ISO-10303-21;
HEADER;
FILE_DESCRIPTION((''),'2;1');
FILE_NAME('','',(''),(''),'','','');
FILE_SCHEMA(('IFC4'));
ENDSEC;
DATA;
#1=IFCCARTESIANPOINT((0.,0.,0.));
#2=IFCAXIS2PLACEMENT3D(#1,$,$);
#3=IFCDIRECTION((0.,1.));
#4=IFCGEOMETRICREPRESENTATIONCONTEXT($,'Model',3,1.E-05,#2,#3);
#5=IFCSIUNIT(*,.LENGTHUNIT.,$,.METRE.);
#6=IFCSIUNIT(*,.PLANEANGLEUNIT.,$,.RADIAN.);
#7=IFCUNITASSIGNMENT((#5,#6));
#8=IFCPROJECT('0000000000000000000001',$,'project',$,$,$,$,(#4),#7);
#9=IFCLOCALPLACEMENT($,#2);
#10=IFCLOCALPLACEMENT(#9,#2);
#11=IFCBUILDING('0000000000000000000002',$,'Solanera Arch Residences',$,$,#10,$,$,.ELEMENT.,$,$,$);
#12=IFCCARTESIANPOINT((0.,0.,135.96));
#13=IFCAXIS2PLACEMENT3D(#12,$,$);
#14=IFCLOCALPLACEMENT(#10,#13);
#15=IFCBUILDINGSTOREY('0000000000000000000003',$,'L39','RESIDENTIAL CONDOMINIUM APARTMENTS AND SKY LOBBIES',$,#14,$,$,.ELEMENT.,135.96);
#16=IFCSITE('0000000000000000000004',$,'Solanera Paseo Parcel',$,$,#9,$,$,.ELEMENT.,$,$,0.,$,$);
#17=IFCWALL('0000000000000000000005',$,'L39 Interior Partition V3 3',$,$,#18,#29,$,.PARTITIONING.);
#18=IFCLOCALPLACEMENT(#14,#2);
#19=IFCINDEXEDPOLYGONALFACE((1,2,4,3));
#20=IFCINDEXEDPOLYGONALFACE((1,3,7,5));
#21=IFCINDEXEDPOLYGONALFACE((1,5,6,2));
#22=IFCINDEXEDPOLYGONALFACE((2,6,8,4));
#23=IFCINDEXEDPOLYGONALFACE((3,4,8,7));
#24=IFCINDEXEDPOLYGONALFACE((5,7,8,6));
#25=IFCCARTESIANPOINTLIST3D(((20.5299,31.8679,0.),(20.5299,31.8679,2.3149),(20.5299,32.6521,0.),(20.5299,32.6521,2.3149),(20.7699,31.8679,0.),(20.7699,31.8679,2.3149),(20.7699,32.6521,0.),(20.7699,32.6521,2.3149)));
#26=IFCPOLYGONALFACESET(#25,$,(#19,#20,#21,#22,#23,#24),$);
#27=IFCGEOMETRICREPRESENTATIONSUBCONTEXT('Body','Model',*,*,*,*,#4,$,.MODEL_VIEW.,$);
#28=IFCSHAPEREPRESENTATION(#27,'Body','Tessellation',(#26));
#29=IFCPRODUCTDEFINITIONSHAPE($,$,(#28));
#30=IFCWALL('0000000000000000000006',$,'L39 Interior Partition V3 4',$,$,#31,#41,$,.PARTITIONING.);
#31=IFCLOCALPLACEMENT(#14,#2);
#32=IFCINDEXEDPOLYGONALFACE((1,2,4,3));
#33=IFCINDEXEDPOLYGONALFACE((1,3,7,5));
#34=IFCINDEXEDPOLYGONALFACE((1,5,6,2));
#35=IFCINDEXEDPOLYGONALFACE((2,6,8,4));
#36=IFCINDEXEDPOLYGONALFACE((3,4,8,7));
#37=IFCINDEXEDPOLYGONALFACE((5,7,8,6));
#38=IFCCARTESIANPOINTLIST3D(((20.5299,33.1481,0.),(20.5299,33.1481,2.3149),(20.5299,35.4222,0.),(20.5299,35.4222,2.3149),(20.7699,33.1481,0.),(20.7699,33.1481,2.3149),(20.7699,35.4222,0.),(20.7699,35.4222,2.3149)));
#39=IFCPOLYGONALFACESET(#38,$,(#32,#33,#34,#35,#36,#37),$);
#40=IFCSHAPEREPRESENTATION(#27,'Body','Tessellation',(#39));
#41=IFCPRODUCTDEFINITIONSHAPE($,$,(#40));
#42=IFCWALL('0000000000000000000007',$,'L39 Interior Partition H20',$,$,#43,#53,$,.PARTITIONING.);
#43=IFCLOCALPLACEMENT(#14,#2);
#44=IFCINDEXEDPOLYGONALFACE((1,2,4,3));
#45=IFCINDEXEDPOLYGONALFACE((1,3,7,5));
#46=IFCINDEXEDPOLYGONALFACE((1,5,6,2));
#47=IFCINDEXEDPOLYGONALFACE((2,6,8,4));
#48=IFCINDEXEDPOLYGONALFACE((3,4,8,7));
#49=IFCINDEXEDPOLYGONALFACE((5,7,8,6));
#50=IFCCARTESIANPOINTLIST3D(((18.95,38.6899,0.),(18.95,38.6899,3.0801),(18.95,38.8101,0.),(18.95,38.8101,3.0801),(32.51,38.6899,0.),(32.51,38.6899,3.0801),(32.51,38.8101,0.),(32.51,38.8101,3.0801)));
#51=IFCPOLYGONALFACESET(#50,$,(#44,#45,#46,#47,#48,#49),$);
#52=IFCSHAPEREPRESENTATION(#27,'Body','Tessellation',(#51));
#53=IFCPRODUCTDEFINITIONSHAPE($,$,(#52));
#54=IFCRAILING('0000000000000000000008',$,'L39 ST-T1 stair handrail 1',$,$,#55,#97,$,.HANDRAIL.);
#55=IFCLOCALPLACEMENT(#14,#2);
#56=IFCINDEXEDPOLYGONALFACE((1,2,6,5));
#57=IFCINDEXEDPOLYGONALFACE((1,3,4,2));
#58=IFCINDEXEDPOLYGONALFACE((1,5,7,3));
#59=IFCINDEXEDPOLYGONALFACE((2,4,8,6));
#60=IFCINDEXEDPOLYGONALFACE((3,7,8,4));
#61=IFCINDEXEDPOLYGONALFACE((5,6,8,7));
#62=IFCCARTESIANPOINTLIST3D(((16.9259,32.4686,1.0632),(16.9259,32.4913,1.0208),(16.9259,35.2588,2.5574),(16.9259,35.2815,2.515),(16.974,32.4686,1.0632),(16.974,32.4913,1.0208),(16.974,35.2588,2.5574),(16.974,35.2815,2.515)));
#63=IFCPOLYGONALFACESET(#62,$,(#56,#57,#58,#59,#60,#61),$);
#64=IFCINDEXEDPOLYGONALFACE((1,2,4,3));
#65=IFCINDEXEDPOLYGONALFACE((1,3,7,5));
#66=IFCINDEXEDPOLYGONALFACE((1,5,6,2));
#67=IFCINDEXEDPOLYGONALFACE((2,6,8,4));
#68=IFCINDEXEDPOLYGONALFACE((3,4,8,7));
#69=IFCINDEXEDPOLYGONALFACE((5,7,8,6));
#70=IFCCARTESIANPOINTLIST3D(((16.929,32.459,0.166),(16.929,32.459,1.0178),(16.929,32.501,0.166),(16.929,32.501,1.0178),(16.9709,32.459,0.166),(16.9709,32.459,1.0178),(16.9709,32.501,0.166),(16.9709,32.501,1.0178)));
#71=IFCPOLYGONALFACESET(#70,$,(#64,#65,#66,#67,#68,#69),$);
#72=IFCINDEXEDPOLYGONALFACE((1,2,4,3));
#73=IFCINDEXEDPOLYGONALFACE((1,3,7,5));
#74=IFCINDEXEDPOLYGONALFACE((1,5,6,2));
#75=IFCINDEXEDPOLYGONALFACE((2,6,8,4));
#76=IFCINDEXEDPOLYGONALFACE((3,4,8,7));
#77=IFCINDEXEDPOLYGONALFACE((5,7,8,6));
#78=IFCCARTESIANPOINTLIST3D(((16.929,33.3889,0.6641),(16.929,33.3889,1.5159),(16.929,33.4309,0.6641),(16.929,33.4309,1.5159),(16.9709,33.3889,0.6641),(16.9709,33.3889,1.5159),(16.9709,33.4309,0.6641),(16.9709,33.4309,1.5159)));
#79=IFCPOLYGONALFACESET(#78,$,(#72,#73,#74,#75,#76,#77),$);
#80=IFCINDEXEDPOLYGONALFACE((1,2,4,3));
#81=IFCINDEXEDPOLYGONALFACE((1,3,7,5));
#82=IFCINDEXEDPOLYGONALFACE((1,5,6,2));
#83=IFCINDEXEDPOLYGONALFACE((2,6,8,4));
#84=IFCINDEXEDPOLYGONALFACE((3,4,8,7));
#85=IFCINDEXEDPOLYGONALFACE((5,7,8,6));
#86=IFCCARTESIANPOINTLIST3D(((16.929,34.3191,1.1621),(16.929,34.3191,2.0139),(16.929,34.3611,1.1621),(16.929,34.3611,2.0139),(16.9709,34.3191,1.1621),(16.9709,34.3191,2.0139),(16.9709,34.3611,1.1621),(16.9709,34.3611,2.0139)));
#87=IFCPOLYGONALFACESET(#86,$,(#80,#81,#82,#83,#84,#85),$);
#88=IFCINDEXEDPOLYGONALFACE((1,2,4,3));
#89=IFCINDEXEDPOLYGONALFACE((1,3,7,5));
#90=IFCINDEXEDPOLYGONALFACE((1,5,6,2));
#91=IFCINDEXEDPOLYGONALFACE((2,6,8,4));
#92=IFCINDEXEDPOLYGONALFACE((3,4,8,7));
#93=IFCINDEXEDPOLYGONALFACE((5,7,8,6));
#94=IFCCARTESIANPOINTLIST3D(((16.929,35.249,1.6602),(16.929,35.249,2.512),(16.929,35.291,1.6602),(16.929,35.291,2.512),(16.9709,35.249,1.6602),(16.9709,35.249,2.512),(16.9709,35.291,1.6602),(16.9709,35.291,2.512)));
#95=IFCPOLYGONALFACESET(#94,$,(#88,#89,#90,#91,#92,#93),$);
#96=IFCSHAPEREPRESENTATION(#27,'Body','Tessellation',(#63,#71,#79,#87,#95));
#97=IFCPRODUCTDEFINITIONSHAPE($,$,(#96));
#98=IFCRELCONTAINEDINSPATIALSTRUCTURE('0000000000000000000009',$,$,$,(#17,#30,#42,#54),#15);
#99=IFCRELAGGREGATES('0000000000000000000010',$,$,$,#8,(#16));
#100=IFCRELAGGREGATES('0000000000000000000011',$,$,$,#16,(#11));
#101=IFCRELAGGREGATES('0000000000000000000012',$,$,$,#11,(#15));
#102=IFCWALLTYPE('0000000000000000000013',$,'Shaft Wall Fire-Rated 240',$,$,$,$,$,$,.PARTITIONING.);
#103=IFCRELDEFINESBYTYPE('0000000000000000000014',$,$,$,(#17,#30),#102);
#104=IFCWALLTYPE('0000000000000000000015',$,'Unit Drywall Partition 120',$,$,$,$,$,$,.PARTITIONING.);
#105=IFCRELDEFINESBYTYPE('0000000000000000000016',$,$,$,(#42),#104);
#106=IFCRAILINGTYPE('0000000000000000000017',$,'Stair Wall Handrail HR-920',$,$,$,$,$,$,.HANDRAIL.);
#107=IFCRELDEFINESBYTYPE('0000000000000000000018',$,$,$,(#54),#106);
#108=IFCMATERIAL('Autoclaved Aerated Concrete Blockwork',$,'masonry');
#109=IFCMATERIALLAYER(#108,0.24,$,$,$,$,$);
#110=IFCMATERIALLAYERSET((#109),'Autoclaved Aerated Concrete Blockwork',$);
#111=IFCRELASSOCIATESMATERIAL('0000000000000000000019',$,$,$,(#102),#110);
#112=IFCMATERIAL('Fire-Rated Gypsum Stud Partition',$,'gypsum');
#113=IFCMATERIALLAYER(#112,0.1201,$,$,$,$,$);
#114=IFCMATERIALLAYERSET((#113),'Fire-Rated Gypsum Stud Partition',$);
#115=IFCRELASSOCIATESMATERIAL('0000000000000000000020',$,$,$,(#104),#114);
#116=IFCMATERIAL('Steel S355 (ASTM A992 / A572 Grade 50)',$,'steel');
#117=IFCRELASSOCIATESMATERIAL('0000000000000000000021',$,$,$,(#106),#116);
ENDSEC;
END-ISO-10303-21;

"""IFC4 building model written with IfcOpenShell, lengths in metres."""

from ifc_helpers import new_model, si_unit, direction, frame, frame_2d, origin, origin_2d, place, context, subcontext, project, spatial, rectangle, extrude, material, layer, layer_set, type_object, element, save


model = new_model("IFC4")

# Units and contexts
model_context = context("Model", 3, precision=1e-05, world=origin(), true_north=direction((0.0, 1.0)))
body_context = subcontext(model_context, "Body", "Model", "MODEL_VIEW")
ifc_project = project(units=[si_unit("LENGTHUNIT", "METRE"), si_unit("PLANEANGLEUNIT", "RADIAN")], contexts=[model_context])

# Site, building, storey
site_placement = place(None, origin())
site = spatial("IfcSite", under=ifc_project, at=site_placement, Name="Solanera Paseo Parcel", CompositionType="ELEMENT", RefElevation=0.0)
building_placement = place(site_placement, origin())
building = spatial("IfcBuilding", under=site, at=building_placement, Name="Solanera Arch Residences", CompositionType="ELEMENT")
storey_placement = place(building_placement, frame((0.0, 0.0, 135.96)))
storey = spatial("IfcBuildingStorey", under=building, at=storey_placement, Name="L39", Description="RESIDENTIAL CONDOMINIUM APARTMENTS AND SKY LOBBIES", CompositionType="ELEMENT", Elevation=135.96)

# Shared definitions
ifc_material_1 = material(Name="Autoclaved Aerated Concrete Blockwork", Category="masonry")
ifc_layer_1 = layer(ifc_material_1, 0.24)
ifc_layer_set_1 = layer_set([ifc_layer_1], Name="Autoclaved Aerated Concrete Blockwork")
wall_type_1 = type_object("IfcWallType", Name="Shaft Wall Fire-Rated 240", PredefinedType="PARTITIONING", material=ifc_layer_set_1)

# Walls
wall_1_placement = place(storey_placement, frame((20.6499, 31.8679, 0.0), z_axis=(0.0, 0.0, 1.0), x_axis=(0.0, 1.0, 0.0)))
element("IfcWall", 1, at=wall_1_placement, inside=storey, type_object=wall_type_1, Name="L39 Interior Partition V3 3", PredefinedType="PARTITIONING", context=body_context, shape_type="SweptSolid", body=[
    extrude(rectangle(XDim=0.7842, YDim=0.24, at=frame_2d((0.3921, 0.0))), origin(), (0.0, 0.0, 1.0), 2.3149),
])
wall_2_placement = place(storey_placement, frame((20.6499, 33.1479, 0.0), z_axis=(0.0, 0.0, 1.0), x_axis=(0.0, 1.0, 0.0)))
element("IfcWall", 2, at=wall_2_placement, inside=storey, type_object=wall_type_1, Name="L39 Interior Partition V3 4", PredefinedType="PARTITIONING", context=body_context, shape_type="SweptSolid", body=[
    extrude(rectangle(XDim=2.2742, YDim=0.24, at=frame_2d((1.1372, 0.0))), origin(), (0.0, 0.0, 1.0), 2.3149),
])
ifc_material_2 = material(Name="Fire-Rated Gypsum Stud Partition", Category="gypsum")
ifc_layer_2 = layer(ifc_material_2, 0.1201)
ifc_layer_set_2 = layer_set([ifc_layer_2], Name="Fire-Rated Gypsum Stud Partition")
wall_type_2 = type_object("IfcWallType", Name="Unit Drywall Partition 120", PredefinedType="PARTITIONING", material=ifc_layer_set_2)
wall_3_placement = place(storey_placement, frame((18.95, 38.75, 0.0), z_axis=(0.0, 0.0, 1.0), x_axis=(1.0, 0.0, 0.0)))
element("IfcWall", 3, at=wall_3_placement, inside=storey, type_object=wall_type_2, Name="L39 Interior Partition H20", PredefinedType="PARTITIONING", context=body_context, shape_type="SweptSolid", body=[
    extrude(rectangle(XDim=13.5601, YDim=0.1201, at=frame_2d((6.78, 0.0))), origin(), (0.0, 0.0, 1.0), 3.0801),
])

# Railing
ifc_material_3 = material(Name="Steel S355 (ASTM A992 / A572 Grade 50)", Category="steel")
railing_type = type_object("IfcRailingType", Name="Stair Wall Handrail HR-920", PredefinedType="HANDRAIL", material=ifc_material_3)
railing_placement = place(storey_placement, frame((16.95, 32.48, 0.166)))
element("IfcRailing", 4, at=railing_placement, inside=storey, type_object=railing_type, Name="L39 ST-T1 stair handrail 1", PredefinedType="HANDRAIL", context=body_context, shape_type="SweptSolid", body=[
    extrude(rectangle(XDim=0.0481, YDim=0.0481, at=origin_2d()), frame((0.0, 0.0, 0.876), z_axis=(0.0, 0.881549, 0.472093), x_axis=(-1.0, 0.0, 0.0)), (0.0, 0.0, 1.0), 3.165),
    extrude(rectangle(XDim=0.042, YDim=0.042, at=origin_2d()), origin(), (0.0, 0.0, 1.0), 0.8518),
    extrude(rectangle(XDim=0.042, YDim=0.042, at=origin_2d()), frame((0.0, 0.9299, 0.498)), (0.0, 0.0, 1.0), 0.8518),
    extrude(rectangle(XDim=0.042, YDim=0.042, at=origin_2d()), frame((0.0, 1.8601, 0.9961)), (0.0, 0.0, 1.0), 0.8518),
    extrude(rectangle(XDim=0.042, YDim=0.042, at=origin_2d()), frame((0.0, 2.79, 1.4941)), (0.0, 0.0, 1.0), 0.8518),
])

save(model, "model.ifc")
